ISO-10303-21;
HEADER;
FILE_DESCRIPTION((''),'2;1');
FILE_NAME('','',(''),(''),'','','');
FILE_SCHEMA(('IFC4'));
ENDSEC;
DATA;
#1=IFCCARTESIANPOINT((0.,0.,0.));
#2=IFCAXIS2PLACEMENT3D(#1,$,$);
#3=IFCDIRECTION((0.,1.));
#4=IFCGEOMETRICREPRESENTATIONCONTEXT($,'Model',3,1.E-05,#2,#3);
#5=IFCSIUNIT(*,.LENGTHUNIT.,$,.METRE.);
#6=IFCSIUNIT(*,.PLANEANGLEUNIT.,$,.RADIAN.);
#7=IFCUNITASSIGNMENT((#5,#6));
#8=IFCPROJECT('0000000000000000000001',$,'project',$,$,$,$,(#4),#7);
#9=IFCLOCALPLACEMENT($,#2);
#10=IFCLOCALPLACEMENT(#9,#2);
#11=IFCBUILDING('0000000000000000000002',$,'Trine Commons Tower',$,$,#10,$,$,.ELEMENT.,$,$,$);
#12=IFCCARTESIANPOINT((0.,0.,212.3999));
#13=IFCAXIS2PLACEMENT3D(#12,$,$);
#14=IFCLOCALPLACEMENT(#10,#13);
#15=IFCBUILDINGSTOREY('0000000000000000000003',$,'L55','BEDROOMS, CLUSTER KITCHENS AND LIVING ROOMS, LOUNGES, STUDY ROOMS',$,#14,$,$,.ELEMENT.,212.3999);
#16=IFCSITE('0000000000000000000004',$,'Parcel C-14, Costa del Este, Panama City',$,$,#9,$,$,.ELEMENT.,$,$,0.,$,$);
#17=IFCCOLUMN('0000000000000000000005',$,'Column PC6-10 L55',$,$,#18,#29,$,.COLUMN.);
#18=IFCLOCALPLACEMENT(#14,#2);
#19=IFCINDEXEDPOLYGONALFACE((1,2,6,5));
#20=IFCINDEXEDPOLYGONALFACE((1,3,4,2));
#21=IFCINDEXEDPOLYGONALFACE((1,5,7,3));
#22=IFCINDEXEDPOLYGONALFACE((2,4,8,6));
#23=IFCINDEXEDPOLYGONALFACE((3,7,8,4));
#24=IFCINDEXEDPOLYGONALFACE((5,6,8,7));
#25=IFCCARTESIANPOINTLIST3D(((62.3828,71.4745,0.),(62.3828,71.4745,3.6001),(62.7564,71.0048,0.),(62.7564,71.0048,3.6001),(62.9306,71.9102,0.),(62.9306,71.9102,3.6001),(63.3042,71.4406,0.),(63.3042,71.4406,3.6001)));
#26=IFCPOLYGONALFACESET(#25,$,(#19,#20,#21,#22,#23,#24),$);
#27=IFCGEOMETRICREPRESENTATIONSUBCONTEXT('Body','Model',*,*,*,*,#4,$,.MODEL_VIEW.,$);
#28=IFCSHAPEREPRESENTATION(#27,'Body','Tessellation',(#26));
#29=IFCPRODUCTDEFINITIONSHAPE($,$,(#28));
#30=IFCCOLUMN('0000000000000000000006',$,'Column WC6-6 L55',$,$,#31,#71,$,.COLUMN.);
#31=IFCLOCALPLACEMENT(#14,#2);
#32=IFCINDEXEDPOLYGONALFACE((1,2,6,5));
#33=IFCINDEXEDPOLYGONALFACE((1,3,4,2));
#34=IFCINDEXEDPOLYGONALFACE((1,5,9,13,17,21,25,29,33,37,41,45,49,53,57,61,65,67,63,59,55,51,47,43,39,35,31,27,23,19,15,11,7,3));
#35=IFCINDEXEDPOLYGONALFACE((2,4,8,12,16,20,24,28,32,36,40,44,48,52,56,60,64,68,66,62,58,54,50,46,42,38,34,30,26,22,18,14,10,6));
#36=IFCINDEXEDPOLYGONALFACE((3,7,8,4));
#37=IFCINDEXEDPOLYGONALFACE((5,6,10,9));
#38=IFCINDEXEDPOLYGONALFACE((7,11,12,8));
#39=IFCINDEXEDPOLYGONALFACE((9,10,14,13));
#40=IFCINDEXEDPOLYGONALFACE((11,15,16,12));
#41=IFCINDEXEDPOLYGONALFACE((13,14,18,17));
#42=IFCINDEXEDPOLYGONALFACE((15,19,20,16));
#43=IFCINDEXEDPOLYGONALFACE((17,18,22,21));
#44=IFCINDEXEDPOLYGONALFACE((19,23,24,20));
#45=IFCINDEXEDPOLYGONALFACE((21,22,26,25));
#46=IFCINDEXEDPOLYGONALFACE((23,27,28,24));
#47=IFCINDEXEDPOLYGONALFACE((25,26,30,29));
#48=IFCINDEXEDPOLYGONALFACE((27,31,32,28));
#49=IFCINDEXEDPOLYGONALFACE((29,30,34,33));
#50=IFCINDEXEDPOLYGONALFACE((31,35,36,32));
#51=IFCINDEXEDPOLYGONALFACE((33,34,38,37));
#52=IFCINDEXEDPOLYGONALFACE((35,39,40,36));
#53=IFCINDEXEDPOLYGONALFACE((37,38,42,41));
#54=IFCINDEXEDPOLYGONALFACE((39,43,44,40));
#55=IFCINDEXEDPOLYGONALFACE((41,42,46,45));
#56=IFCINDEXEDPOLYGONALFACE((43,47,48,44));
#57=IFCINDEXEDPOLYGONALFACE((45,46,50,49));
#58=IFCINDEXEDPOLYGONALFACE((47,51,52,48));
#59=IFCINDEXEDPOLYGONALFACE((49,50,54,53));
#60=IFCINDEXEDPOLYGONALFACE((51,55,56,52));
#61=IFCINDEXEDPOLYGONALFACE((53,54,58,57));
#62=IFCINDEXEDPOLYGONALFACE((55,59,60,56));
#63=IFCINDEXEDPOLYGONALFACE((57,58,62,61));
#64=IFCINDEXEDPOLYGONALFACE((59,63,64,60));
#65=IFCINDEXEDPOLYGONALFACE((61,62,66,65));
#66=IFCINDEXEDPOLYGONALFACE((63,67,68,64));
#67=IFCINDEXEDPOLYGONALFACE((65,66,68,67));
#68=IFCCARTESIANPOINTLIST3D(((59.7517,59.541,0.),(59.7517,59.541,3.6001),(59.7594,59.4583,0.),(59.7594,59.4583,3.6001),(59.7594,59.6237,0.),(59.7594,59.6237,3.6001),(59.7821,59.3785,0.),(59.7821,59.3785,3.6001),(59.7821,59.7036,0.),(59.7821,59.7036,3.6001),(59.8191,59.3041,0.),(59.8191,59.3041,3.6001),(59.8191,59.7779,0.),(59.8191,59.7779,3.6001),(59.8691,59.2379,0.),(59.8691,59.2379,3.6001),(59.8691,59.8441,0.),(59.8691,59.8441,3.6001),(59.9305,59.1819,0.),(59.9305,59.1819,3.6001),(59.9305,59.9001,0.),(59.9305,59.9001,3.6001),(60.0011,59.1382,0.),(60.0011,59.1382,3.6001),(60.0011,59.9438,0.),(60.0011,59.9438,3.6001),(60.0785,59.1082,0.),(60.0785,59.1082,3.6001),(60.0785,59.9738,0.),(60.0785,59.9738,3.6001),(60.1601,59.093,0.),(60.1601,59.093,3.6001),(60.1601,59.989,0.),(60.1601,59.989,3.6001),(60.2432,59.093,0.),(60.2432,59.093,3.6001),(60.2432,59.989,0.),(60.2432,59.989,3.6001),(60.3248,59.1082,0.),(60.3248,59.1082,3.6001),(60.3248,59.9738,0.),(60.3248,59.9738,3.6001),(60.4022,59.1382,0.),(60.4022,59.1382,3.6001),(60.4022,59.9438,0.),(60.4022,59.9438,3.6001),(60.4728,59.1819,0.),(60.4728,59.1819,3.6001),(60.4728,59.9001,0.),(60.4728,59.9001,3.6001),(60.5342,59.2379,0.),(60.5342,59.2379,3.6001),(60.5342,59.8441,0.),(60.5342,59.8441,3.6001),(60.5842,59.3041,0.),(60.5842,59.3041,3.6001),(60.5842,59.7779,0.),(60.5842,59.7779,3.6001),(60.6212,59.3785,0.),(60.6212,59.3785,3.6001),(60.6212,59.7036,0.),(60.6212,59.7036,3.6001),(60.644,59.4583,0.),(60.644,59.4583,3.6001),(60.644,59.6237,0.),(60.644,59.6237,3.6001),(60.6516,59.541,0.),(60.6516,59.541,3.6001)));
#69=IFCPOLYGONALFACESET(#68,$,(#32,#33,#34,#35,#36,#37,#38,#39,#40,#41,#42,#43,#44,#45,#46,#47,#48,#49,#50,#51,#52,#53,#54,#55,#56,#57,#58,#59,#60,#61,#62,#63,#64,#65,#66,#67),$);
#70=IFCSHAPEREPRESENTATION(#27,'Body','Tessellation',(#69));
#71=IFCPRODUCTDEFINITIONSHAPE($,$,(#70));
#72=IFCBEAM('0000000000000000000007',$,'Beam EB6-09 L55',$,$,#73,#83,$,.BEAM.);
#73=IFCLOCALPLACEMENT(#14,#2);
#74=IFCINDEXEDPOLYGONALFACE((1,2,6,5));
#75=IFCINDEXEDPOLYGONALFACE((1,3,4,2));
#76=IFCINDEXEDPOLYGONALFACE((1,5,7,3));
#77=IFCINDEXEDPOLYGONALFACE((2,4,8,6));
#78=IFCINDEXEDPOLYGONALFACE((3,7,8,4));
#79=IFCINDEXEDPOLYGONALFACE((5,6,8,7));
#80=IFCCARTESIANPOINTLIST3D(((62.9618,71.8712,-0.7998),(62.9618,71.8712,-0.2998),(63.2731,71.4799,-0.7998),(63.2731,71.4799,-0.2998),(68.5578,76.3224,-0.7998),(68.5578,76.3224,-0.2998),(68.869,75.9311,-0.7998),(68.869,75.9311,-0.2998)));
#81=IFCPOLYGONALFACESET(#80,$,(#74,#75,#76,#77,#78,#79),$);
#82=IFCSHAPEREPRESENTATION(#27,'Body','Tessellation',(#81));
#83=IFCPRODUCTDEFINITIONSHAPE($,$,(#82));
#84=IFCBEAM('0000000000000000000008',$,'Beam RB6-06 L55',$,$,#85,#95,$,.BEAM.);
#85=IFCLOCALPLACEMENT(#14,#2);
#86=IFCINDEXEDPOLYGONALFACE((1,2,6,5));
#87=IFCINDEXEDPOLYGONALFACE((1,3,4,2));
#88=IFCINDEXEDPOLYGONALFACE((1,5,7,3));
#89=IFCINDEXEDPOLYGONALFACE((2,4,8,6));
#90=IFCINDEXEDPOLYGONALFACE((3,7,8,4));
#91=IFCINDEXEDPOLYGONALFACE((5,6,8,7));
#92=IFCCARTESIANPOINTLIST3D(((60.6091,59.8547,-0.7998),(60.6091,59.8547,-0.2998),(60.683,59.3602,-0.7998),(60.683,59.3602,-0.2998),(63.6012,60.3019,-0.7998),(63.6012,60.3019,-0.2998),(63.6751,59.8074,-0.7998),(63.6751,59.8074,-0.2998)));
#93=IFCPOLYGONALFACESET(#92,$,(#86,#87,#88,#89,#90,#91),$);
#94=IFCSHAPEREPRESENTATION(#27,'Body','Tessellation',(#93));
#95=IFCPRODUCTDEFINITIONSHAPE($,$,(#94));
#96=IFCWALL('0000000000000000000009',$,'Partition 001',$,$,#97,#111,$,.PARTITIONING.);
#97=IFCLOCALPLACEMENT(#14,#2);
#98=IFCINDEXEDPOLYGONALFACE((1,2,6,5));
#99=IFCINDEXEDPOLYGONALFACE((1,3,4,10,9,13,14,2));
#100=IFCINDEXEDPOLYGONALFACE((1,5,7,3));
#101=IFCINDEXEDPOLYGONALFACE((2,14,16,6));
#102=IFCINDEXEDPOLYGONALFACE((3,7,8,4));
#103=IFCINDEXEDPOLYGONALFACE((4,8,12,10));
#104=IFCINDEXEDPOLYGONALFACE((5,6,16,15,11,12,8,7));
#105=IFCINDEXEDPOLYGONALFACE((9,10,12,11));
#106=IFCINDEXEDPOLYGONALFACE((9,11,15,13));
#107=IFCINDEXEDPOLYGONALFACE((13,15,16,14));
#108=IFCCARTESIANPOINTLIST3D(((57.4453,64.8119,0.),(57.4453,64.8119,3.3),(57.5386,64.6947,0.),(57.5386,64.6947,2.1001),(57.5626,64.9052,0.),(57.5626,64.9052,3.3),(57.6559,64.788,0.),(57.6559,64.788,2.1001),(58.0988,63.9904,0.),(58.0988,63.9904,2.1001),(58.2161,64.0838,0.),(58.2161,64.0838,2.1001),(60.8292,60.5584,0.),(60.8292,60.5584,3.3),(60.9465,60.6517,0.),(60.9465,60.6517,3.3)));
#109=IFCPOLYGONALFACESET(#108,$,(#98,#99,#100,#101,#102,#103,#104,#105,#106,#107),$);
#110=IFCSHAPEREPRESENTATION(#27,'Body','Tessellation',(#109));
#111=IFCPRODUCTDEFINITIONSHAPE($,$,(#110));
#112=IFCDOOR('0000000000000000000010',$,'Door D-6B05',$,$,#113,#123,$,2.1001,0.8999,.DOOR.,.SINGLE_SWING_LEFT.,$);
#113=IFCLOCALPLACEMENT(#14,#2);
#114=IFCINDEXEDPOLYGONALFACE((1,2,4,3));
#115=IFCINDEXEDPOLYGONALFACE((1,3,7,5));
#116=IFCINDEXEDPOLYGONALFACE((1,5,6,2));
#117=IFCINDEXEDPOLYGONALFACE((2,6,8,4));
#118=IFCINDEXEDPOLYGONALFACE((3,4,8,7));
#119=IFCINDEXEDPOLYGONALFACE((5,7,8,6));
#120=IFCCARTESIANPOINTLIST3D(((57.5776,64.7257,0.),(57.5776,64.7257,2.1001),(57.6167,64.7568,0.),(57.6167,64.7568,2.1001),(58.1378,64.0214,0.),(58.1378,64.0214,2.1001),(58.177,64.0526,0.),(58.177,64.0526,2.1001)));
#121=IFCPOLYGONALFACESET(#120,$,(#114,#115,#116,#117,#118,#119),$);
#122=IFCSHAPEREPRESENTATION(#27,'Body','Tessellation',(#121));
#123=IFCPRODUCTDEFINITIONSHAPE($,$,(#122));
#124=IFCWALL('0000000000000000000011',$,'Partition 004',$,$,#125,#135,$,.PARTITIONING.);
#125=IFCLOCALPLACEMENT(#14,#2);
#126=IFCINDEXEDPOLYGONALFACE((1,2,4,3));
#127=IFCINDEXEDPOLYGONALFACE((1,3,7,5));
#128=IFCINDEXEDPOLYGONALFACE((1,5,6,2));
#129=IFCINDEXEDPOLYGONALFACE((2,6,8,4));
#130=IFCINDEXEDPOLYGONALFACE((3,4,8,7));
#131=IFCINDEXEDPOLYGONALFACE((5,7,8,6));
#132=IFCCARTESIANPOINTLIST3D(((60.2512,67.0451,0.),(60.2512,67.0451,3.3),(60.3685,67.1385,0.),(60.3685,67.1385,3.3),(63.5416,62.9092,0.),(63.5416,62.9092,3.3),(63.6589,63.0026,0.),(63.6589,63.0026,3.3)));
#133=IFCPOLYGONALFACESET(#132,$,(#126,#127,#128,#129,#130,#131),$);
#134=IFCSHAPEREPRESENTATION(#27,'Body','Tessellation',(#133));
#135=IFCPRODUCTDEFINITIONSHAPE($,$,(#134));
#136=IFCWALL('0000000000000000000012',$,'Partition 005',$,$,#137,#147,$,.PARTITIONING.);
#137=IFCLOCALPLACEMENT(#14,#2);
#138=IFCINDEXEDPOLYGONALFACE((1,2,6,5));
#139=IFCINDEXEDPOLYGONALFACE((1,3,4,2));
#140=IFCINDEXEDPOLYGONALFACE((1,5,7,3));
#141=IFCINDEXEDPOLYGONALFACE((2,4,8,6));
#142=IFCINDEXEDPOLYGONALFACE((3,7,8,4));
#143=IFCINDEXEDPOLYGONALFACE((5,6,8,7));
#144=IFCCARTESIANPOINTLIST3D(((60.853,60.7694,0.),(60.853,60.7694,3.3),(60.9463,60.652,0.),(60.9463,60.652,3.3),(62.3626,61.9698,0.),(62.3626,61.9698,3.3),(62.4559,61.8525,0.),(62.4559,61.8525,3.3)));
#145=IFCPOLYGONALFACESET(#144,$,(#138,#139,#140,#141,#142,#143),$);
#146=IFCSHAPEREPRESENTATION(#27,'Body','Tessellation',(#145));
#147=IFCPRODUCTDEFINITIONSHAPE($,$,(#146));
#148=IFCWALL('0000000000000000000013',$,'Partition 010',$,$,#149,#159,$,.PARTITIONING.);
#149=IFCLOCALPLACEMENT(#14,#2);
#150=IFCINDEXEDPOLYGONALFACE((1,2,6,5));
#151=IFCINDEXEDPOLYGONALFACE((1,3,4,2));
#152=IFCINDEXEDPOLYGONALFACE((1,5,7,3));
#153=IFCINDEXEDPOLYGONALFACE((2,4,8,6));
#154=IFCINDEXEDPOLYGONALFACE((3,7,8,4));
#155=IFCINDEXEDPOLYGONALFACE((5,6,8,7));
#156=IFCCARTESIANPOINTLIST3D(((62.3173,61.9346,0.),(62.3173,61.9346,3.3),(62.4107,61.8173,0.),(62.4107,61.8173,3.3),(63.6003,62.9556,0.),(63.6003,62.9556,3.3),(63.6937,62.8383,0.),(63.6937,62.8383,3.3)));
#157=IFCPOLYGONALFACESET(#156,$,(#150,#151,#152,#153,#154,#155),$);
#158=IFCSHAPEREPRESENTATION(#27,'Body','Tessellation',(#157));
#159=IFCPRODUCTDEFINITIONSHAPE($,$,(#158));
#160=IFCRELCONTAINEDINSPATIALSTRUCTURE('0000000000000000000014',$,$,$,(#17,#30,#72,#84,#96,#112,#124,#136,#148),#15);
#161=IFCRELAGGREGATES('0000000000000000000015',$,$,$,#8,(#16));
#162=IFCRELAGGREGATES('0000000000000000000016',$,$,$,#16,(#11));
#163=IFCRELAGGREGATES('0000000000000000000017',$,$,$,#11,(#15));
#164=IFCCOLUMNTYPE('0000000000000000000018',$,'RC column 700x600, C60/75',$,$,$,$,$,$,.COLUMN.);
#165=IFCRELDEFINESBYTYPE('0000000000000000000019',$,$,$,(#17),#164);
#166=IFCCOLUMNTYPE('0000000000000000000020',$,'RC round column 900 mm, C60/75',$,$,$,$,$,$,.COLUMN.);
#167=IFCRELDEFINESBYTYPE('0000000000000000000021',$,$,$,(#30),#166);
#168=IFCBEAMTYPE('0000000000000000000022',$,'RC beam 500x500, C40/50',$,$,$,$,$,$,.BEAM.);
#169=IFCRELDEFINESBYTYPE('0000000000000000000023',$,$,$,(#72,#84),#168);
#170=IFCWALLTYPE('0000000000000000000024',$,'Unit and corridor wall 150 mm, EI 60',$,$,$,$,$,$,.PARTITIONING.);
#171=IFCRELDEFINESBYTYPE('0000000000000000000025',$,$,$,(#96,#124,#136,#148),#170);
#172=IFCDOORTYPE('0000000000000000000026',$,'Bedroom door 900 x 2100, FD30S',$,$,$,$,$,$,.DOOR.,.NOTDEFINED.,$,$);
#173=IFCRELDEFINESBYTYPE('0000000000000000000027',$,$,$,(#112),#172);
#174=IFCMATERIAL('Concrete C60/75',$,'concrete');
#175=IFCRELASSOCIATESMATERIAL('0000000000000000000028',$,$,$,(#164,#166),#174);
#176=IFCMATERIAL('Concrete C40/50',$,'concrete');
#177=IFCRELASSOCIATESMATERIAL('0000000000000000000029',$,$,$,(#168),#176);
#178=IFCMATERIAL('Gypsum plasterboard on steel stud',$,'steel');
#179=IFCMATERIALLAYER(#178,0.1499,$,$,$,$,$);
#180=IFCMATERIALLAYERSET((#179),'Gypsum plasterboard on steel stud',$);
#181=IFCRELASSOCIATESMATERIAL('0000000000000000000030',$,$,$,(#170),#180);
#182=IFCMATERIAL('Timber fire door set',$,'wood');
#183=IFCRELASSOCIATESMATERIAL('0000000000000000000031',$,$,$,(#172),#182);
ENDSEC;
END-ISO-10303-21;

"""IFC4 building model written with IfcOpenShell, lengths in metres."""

from ifc_helpers import new_model, si_unit, direction, frame, frame_2d, origin, origin_2d, place, context, subcontext, project, spatial, rectangle, circle, extrude, material, layer, layer_set, material_profile, profile_set, type_object, element, fill, save


model = new_model("IFC4")

# Units and contexts
model_context = context("Model", 3, precision=1e-05, world=origin(), true_north=direction((0.0, 1.0)))
body_context = subcontext(model_context, "Body", "Model", "MODEL_VIEW")
ifc_project = project(units=[si_unit("LENGTHUNIT", "METRE"), si_unit("PLANEANGLEUNIT", "RADIAN")], contexts=[model_context])

# Site, building, storey
site_placement = place(None, origin())
site = spatial("IfcSite", under=ifc_project, at=site_placement, Name="Parcel C-14, Costa del Este, Panama City", CompositionType="ELEMENT", RefElevation=0.0)
building_placement = place(site_placement, origin())
building = spatial("IfcBuilding", under=site, at=building_placement, Name="Trine Commons Tower", CompositionType="ELEMENT")
storey_placement = place(building_placement, frame((0.0, 0.0, 212.3999)))
storey = spatial("IfcBuildingStorey", under=building, at=storey_placement, Name="L55", Description="BEDROOMS, CLUSTER KITCHENS AND LIVING ROOMS, LOUNGES, STUDY ROOMS", CompositionType="ELEMENT", Elevation=212.3999)

# Columns
ifc_material_1 = material(Name="Concrete C60/75", Category="concrete")
ifc_material_profile_1 = material_profile(ifc_material_1, rectangle(XDim=0.7, YDim=0.6001, at=origin_2d()), Name="RC 700x600")
ifc_profile_set_1 = profile_set([ifc_material_profile_1], Name="Concrete C60/75")
column_type_1 = type_object("IfcColumnType", Name="RC column 700x600, C60/75", PredefinedType="COLUMN", material=ifc_profile_set_1)
column_1_placement = place(storey_placement, frame((62.8435, 71.4575, 0.0), z_axis=(0.0, 0.0, 1.0), x_axis=(0.782608, 0.622515, 0.0)))
element("IfcColumn", 1, at=column_1_placement, inside=storey, type_object=column_type_1, Name="Column PC6-10 L55", PredefinedType="COLUMN", context=body_context, shape_type="SweptSolid", body=[
    extrude(rectangle(XDim=0.7, YDim=0.6001, at=origin_2d()), origin(), (0.0, 0.0, 1.0), 3.6001),
])
ifc_material_profile_2 = material_profile(ifc_material_1, circle(Radius=0.45, at=origin_2d()), Name="RC round 900")
ifc_profile_set_2 = profile_set([ifc_material_profile_2], Name="Concrete C60/75")
column_type_2 = type_object("IfcColumnType", Name="RC round column 900 mm, C60/75", PredefinedType="COLUMN", material=ifc_profile_set_2)
column_2_placement = place(storey_placement, frame((60.2017, 59.541, 0.0), z_axis=(0.0, 0.0, 1.0), x_axis=(1.0, 0.0, 0.0)))
element("IfcColumn", 2, at=column_2_placement, inside=storey, type_object=column_type_2, Name="Column WC6-6 L55", PredefinedType="COLUMN", context=body_context, shape_type="SweptSolid", body=[
    extrude(circle(Radius=0.45, at=origin_2d()), origin(), (0.0, 0.0, 1.0), 3.6001),
])

# Beams
ifc_material_2 = material(Name="Concrete C40/50", Category="concrete")
ifc_material_profile_3 = material_profile(ifc_material_2, rectangle(XDim=0.5, YDim=0.5, at=origin_2d()), Name="RC 500x500")
ifc_profile_set_3 = profile_set([ifc_material_profile_3], Name="Concrete C40/50")
beam_type = type_object("IfcBeamType", Name="RC beam 500x500, C40/50", PredefinedType="BEAM", material=ifc_profile_set_3)
beam_1_placement = place(storey_placement, frame((63.1174, 71.6755, -0.5498), z_axis=(0.782611, 0.622511, 0.0), x_axis=(-0.622511, 0.782611, 0.0)))
element("IfcBeam", 3, at=beam_1_placement, inside=storey, type_object=beam_type, Name="Beam EB6-09 L55", PredefinedType="BEAM", context=body_context, shape_type="SweptSolid", body=[
    extrude(rectangle(XDim=0.5, YDim=0.5, at=origin_2d()), origin(), (0.0, 0.0, 1.0), 7.1504),
])
beam_2_placement = place(storey_placement, frame((63.6382, 60.0547, -0.5498), z_axis=(-0.989012, -0.147835, 0.0), x_axis=(0.147835, -0.989012, 0.0)))
element("IfcBeam", 4, at=beam_2_placement, inside=storey, type_object=beam_type, Name="Beam RB6-06 L55", PredefinedType="BEAM", context=body_context, shape_type="SweptSolid", body=[
    extrude(rectangle(XDim=0.5, YDim=0.5, at=origin_2d()), origin(), (0.0, 0.0, 1.0), 3.0254),
])

# Wall, opening, door
ifc_material_3 = material(Name="Gypsum plasterboard on steel stud", Category="steel")
ifc_layer_1 = layer(ifc_material_3, 0.1499)
ifc_layer_set_1 = layer_set([ifc_layer_1], Name="Gypsum plasterboard on steel stud")
wall_type_1 = type_object("IfcWallType", Name="Unit and corridor wall 150 mm, EI 60", PredefinedType="PARTITIONING", material=ifc_layer_set_1)
wall_1_placement = place(storey_placement, frame((57.5039, 64.8586, 0.0), z_axis=(0.0, 0.0, 1.0), x_axis=(0.622567, -0.782566, 0.0)))
wall_1 = element("IfcWall", 5, at=wall_1_placement, inside=storey, type_object=wall_type_1, Name="Partition 001", PredefinedType="PARTITIONING", context=body_context, shape_type="SweptSolid", body=[
    extrude(rectangle(XDim=5.4353, YDim=0.1499, at=frame_2d((2.7178, 0.0))), origin(), (0.0, 0.0, 1.0), 3.3),
])
opening_1_placement = place(wall_1_placement, frame((0.1499, 0.0, 0.0)))
opening_1 = element("IfcOpeningElement", 6, at=opening_1_placement, cuts=wall_1, PredefinedType="OPENING", context=body_context, shape_type="SweptSolid", body=[
    extrude(rectangle(XDim=0.8999, YDim=2.1001, at=frame_2d((0.45, 1.05))), frame((0.0, 0.085, 0.0), z_axis=(0.0, -1.0, 0.0), x_axis=(1.0, 0.0, 0.0)), (0.0, 0.0, 1.0), 0.1699),
])
ifc_material_4 = material(Name="Timber fire door set", Category="wood")
door_type_1 = type_object("IfcDoorType", Name="Bedroom door 900 x 2100, FD30S", OperationType="NOTDEFINED", PredefinedType="DOOR", material=ifc_material_4)
door_1_placement = place(opening_1_placement, origin())
door_1 = element("IfcDoor", 7, at=door_1_placement, inside=storey, type_object=door_type_1, Name="Door D-6B05", OperationType="SINGLE_SWING_LEFT", OverallHeight=2.1001, OverallWidth=0.8999, PredefinedType="DOOR", context=body_context, shape_type="SweptSolid", body=[
    extrude(rectangle(XDim=0.8999, YDim=2.1001, at=frame_2d((0.45, 1.05))), frame((0.0, 0.0249, 0.0), z_axis=(0.0, -1.0, 0.0), x_axis=(1.0, 0.0, 0.0)), (0.0, 0.0, 1.0), 0.05),
])
fill(opening_1, door_1)

# Walls
wall_2_placement = place(storey_placement, frame((60.3098, 67.0918, 0.0), z_axis=(0.0, 0.0, 1.0), x_axis=(0.622586, -0.782551, 0.0)))
element("IfcWall", 8, at=wall_2_placement, inside=storey, type_object=wall_type_1, Name="Partition 004", PredefinedType="PARTITIONING", context=body_context, shape_type="SweptSolid", body=[
    extrude(rectangle(XDim=5.2852, YDim=0.1499, at=frame_2d((2.6426, 0.0))), origin(), (0.0, 0.0, 1.0), 3.3),
])
wall_3_placement = place(storey_placement, frame((60.8997, 60.7107, 0.0), z_axis=(0.0, 0.0, 1.0), x_axis=(0.782681, 0.622423, 0.0)))
element("IfcWall", 9, at=wall_3_placement, inside=storey, type_object=wall_type_1, Name="Partition 005", PredefinedType="PARTITIONING", context=body_context, shape_type="SweptSolid", body=[
    extrude(rectangle(XDim=1.9287, YDim=0.1499, at=frame_2d((0.9644, 0.0))), origin(), (0.0, 0.0, 1.0), 3.3),
])
wall_4_placement = place(storey_placement, frame((62.364, 61.876, 0.0), z_axis=(0.0, 0.0, 1.0), x_axis=(0.782464, 0.622696, 0.0)))
element("IfcWall", 10, at=wall_4_placement, inside=storey, type_object=wall_type_1, Name="Partition 010", PredefinedType="PARTITIONING", context=body_context, shape_type="SweptSolid", body=[
    extrude(rectangle(XDim=1.6396, YDim=0.1499, at=frame_2d((0.8198, 0.0))), origin(), (0.0, 0.0, 1.0), 3.3),
])

save(model, "model.ifc")
